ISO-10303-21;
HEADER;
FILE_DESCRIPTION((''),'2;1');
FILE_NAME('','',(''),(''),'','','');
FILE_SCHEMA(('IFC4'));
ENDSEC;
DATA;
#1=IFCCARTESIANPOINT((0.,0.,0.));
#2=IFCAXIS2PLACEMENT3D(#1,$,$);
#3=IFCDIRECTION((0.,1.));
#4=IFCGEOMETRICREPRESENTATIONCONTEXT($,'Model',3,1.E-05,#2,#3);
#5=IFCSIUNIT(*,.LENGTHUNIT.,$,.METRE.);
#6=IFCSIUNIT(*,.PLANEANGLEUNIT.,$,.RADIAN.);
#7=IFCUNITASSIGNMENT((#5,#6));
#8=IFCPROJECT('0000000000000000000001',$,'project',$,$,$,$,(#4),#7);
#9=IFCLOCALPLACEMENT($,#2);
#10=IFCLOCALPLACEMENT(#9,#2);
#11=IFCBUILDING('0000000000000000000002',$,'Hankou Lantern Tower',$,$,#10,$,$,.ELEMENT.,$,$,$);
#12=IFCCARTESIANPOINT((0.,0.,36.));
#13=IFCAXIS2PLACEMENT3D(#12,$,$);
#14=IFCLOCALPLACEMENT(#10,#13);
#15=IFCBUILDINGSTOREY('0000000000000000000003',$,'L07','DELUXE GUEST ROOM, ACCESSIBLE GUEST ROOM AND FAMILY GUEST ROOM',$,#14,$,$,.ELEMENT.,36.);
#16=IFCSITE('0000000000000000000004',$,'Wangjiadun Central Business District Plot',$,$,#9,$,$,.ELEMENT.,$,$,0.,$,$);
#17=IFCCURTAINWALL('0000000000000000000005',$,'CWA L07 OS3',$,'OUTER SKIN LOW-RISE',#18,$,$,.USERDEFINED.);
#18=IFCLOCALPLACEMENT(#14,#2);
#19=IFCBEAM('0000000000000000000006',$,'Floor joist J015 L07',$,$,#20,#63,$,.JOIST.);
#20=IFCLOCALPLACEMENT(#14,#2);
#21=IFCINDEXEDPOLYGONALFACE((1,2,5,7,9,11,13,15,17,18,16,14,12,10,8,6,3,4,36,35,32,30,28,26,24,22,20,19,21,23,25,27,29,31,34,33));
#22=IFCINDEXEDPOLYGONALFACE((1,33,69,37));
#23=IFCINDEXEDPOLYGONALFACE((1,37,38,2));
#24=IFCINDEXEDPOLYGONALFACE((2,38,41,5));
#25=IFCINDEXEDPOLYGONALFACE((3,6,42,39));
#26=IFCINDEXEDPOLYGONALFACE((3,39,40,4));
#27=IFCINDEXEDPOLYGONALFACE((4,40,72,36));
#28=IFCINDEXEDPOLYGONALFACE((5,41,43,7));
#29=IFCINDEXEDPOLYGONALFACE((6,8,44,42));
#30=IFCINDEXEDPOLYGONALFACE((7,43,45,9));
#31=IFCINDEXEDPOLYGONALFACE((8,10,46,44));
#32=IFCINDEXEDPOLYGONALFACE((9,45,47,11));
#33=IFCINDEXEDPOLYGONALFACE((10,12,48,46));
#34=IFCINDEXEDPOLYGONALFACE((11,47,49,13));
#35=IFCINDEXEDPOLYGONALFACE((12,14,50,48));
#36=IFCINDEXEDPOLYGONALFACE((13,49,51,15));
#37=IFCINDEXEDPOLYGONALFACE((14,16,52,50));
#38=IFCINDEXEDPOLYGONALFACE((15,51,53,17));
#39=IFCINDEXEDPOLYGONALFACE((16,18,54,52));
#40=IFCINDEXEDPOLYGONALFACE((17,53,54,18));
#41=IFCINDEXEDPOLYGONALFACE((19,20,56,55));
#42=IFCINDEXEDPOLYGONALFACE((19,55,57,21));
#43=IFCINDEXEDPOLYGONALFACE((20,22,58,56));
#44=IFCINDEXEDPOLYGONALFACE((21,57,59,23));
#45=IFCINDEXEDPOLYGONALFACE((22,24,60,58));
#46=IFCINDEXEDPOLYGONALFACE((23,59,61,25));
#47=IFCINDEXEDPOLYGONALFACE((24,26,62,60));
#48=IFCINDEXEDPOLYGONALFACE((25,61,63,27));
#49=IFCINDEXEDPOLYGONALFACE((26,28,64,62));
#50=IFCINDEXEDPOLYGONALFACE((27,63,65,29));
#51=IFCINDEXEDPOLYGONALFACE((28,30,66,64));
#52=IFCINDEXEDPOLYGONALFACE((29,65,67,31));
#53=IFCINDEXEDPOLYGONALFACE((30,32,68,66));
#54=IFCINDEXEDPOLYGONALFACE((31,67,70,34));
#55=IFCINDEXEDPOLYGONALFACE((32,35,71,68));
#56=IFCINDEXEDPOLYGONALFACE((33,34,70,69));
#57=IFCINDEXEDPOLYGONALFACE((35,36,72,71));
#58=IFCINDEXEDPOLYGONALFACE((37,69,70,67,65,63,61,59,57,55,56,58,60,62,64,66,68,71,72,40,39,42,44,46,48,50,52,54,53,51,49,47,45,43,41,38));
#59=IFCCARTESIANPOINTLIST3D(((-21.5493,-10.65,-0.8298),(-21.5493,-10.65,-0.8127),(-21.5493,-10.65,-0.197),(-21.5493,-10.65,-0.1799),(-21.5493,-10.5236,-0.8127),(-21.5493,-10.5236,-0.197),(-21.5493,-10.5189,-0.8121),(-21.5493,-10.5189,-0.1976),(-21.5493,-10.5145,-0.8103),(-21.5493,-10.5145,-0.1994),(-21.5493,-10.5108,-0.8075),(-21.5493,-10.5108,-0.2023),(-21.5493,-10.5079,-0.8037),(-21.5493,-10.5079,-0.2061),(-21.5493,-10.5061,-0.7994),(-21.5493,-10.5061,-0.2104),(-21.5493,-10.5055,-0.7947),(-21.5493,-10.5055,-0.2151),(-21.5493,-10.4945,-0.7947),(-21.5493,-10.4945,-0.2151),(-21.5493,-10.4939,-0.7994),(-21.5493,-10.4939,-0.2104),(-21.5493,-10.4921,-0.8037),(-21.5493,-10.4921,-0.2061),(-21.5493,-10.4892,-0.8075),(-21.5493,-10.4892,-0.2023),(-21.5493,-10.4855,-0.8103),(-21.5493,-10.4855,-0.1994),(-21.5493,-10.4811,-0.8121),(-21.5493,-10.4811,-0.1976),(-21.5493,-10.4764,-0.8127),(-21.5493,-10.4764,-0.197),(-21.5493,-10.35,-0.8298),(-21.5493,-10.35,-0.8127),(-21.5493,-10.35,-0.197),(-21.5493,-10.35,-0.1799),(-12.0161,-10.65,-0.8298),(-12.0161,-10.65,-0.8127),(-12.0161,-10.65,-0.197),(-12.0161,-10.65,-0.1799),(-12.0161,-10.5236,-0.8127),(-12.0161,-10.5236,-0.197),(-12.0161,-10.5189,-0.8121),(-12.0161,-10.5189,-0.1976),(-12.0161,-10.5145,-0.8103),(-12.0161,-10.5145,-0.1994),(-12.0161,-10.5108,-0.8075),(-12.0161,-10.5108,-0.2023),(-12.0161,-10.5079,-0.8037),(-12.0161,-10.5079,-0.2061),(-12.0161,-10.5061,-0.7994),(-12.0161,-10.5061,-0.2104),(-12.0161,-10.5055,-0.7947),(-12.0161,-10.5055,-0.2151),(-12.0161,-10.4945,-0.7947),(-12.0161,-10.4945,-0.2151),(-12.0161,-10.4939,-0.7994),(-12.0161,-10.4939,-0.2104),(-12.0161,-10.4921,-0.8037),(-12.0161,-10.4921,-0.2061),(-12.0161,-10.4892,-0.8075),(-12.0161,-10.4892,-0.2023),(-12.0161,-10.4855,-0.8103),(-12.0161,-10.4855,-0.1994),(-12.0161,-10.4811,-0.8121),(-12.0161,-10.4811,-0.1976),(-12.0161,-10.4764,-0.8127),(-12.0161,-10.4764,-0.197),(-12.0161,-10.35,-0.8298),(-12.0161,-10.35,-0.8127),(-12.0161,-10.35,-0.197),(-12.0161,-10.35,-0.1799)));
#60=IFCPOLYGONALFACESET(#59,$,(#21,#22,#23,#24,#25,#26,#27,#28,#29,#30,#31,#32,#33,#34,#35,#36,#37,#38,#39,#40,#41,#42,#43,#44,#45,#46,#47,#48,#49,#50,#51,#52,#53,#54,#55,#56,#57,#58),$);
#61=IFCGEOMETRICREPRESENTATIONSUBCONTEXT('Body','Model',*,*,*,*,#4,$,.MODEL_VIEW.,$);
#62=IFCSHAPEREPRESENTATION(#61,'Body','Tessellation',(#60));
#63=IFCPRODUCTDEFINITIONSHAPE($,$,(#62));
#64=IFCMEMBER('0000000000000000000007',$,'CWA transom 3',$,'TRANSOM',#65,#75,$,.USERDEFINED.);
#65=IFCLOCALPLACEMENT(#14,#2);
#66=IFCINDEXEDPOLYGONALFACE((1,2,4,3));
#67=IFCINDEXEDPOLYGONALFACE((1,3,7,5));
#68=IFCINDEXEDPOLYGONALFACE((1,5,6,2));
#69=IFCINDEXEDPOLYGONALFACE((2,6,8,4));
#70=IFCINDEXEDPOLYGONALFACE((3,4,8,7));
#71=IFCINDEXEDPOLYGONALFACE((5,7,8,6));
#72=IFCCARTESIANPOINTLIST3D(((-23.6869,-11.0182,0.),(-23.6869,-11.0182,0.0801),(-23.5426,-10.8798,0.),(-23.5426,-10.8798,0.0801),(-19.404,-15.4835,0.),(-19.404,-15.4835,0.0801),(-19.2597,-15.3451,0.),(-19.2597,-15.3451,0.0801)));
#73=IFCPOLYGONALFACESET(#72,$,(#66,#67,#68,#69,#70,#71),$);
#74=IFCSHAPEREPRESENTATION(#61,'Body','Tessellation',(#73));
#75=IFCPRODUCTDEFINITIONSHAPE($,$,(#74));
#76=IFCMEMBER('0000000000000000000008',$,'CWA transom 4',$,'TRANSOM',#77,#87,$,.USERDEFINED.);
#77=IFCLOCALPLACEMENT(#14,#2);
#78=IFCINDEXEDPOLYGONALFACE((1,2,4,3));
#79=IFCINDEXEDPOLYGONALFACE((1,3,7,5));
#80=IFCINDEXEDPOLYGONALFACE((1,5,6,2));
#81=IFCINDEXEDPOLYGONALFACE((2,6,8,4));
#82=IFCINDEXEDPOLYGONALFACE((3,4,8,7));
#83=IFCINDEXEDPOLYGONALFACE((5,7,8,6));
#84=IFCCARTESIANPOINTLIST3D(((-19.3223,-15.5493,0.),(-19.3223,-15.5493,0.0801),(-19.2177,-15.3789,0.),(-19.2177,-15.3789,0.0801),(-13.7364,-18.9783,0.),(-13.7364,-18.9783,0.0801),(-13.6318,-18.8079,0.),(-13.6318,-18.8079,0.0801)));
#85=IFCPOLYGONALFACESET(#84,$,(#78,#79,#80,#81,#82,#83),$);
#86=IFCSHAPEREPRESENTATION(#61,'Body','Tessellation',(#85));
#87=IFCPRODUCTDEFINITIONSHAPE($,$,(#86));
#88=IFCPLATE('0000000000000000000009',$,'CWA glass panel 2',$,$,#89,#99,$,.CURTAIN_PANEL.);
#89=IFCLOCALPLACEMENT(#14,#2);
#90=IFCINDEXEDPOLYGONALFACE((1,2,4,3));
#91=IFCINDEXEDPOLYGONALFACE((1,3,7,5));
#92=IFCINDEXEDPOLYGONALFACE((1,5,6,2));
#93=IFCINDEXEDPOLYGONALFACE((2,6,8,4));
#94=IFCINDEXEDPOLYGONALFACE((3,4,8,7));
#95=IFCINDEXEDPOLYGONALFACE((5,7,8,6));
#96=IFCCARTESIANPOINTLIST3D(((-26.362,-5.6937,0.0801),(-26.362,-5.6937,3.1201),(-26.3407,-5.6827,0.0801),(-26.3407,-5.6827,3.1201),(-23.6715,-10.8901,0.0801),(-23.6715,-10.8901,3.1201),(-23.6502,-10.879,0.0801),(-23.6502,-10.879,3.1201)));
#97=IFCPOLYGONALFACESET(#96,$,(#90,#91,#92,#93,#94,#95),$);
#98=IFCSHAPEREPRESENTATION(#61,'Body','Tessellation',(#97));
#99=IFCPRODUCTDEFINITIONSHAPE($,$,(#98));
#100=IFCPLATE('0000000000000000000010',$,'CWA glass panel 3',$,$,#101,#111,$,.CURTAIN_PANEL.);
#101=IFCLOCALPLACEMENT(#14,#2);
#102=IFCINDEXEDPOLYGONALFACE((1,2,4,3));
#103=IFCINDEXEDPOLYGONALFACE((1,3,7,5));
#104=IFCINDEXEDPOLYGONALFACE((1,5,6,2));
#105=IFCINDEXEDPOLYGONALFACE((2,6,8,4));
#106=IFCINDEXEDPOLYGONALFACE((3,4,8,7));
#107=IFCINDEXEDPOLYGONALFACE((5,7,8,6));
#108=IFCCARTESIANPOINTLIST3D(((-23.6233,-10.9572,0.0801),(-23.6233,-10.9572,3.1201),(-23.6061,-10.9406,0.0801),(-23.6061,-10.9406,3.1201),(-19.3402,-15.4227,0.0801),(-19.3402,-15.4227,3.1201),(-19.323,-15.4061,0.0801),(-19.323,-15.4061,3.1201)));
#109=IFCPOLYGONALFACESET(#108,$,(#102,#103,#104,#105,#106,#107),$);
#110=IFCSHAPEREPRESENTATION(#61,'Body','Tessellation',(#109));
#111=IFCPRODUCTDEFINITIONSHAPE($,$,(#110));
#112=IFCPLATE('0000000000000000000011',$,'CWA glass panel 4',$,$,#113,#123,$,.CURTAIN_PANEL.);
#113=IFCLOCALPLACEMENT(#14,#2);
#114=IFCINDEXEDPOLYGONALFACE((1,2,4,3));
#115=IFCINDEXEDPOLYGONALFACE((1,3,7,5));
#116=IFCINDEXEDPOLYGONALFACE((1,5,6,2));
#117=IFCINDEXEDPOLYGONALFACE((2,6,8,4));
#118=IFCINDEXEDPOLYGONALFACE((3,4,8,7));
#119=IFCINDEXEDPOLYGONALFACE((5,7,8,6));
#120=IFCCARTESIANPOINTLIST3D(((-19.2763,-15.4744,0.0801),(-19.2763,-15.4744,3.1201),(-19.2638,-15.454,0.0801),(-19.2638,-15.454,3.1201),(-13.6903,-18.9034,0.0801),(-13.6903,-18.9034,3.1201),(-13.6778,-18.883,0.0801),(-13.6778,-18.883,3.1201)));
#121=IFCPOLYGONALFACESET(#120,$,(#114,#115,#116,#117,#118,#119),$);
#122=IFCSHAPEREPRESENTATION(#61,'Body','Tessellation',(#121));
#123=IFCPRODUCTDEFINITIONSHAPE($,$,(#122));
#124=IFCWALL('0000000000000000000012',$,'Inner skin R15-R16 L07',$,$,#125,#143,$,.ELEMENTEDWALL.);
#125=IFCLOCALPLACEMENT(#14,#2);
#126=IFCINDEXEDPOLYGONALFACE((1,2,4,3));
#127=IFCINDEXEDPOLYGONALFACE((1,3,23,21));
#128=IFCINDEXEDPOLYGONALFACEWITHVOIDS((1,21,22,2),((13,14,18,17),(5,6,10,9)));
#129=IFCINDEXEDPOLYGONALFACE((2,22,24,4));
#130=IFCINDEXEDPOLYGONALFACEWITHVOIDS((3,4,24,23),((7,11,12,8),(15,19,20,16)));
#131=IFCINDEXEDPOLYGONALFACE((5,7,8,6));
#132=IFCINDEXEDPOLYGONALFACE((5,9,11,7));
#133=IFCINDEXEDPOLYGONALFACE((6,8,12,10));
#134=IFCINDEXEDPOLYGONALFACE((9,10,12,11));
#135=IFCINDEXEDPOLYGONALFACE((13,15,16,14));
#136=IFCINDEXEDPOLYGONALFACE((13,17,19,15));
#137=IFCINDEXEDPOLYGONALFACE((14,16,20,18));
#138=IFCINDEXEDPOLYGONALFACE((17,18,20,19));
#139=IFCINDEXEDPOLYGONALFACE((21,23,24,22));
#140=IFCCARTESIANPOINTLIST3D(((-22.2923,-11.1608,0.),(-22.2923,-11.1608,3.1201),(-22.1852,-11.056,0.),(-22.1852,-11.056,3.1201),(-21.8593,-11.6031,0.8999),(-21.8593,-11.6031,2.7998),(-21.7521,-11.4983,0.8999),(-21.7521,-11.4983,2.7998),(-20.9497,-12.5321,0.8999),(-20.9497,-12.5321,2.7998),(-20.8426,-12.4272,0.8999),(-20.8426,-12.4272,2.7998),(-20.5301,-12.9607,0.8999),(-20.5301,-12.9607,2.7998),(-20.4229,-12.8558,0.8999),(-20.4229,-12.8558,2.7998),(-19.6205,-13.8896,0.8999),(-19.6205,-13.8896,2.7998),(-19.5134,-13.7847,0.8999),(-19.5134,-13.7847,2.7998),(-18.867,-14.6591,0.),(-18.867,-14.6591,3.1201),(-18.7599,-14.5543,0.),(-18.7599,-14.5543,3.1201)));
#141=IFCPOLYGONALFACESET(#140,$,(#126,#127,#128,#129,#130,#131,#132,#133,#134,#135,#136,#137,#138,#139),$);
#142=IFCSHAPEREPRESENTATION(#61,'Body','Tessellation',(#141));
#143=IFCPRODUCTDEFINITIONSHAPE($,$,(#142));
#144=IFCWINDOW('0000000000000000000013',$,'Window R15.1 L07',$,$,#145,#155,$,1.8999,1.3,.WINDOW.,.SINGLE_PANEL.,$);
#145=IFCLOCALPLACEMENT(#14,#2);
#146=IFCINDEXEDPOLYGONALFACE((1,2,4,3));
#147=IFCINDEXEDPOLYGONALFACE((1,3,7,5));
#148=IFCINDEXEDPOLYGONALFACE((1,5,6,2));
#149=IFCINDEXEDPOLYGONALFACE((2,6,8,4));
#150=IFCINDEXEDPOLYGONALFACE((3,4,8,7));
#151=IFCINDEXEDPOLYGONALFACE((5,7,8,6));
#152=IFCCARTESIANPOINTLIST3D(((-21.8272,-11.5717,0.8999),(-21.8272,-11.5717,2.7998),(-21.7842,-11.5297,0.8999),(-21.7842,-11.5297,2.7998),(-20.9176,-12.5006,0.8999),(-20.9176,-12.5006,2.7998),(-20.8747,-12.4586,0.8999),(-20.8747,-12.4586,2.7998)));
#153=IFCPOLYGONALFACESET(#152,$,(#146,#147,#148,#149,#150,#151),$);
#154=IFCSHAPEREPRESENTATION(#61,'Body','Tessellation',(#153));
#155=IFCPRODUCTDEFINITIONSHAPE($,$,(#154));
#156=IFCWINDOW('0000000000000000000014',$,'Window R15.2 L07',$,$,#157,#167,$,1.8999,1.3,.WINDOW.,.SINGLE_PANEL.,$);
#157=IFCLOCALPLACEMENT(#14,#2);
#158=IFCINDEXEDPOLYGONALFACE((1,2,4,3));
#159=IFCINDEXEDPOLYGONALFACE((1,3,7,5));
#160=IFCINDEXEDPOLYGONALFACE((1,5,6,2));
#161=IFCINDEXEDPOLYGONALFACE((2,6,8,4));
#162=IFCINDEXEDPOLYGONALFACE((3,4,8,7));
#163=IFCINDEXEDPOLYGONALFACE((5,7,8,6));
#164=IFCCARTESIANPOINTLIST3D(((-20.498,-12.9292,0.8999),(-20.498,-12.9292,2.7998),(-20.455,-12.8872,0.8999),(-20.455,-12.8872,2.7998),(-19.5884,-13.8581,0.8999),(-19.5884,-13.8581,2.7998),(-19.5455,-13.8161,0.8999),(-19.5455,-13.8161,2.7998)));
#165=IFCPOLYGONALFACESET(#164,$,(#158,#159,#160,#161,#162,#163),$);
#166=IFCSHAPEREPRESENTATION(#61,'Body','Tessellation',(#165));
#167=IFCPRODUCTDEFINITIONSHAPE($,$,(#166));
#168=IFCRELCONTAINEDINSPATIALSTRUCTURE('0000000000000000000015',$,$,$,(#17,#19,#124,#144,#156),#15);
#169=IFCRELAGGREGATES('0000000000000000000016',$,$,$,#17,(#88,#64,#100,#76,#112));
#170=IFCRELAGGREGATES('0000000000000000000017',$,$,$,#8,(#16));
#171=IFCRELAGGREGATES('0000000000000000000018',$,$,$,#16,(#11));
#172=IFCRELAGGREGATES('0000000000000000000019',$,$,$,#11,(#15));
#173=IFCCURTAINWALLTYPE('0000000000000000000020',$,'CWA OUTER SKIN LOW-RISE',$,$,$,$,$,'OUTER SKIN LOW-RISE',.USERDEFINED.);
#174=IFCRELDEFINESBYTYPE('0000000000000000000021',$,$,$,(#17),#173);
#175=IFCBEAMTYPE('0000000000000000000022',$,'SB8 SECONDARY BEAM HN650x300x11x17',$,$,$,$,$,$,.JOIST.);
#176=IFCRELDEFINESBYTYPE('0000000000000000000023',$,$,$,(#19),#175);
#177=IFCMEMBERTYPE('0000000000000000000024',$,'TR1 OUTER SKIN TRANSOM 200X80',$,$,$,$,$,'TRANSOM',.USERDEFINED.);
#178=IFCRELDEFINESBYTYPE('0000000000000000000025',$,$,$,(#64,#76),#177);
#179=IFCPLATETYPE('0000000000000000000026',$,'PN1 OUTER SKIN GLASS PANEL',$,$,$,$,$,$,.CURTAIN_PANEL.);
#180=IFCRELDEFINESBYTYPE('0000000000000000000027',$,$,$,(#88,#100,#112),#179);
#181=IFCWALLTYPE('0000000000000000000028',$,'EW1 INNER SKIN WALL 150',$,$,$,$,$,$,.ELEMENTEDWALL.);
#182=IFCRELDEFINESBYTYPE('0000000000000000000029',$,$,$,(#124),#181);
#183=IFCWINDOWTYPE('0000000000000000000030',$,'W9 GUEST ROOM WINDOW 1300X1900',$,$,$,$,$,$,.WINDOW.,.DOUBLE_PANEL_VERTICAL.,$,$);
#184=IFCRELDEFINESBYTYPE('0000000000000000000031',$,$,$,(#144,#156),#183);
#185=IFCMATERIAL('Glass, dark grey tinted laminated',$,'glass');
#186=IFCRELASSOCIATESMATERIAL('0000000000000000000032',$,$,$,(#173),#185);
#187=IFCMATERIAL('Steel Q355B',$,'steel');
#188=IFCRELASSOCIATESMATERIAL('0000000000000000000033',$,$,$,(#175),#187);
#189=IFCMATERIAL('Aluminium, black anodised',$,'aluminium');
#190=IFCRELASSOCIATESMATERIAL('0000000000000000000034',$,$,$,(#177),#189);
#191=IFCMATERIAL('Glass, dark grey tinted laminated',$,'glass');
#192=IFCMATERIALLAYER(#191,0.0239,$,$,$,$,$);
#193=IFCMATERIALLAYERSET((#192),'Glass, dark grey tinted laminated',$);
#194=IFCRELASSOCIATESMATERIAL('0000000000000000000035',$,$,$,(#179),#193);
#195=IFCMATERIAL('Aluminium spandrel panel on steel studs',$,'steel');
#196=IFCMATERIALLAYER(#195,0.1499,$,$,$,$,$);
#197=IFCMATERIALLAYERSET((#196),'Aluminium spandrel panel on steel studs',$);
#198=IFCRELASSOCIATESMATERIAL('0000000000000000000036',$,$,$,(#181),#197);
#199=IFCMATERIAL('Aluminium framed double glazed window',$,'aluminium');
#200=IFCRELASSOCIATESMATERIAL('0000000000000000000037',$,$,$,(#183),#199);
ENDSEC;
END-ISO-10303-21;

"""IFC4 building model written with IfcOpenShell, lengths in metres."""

from ifc_helpers import new_model, si_unit, direction, frame, frame_2d, origin, origin_2d, place, context, subcontext, project, spatial, rectangle, i_section, extrude, material, layer, layer_set, material_profile, profile_set, type_object, element, fill, aggregate, save


model = new_model("IFC4")

# Units and contexts
model_context = context("Model", 3, precision=1e-05, world=origin(), true_north=direction((0.0, 1.0)))
body_context = subcontext(model_context, "Body", "Model", "MODEL_VIEW")
ifc_project = project(units=[si_unit("LENGTHUNIT", "METRE"), si_unit("PLANEANGLEUNIT", "RADIAN")], contexts=[model_context])

# Site, building, storey
site_placement = place(None, origin())
site = spatial("IfcSite", under=ifc_project, at=site_placement, Name="Wangjiadun Central Business District Plot", CompositionType="ELEMENT", RefElevation=0.0)
building_placement = place(site_placement, origin())
building = spatial("IfcBuilding", under=site, at=building_placement, Name="Hankou Lantern Tower", CompositionType="ELEMENT")
storey_placement = place(building_placement, frame((0.0, 0.0, 36.0)))
storey = spatial("IfcBuildingStorey", under=building, at=storey_placement, Name="L07", Description="DELUXE GUEST ROOM, ACCESSIBLE GUEST ROOM AND FAMILY GUEST ROOM", CompositionType="ELEMENT", Elevation=36.0)

# Curtain wall
ifc_material_1 = material(Name="Glass, dark grey tinted laminated", Category="glass")
curtain_wall_type = type_object("IfcCurtainWallType", Name="CWA OUTER SKIN LOW-RISE", ElementType="OUTER SKIN LOW-RISE", PredefinedType="USERDEFINED", material=ifc_material_1)
curtain_wall_placement = place(storey_placement, origin())
curtain_wall = element("IfcCurtainWall", 1, at=curtain_wall_placement, inside=storey, type_object=curtain_wall_type, Name="CWA L07 OS3", ObjectType="OUTER SKIN LOW-RISE", PredefinedType="USERDEFINED")

# Beam
ifc_material_2 = material(Name="Steel Q355B", Category="steel")
ifc_material_profile_1 = material_profile(ifc_material_2, i_section(OverallWidth=0.3, OverallDepth=0.6499, WebThickness=0.011, FlangeThickness=0.0171, FilletRadius=0.0181, at=origin_2d()), Name="HN650x300x11x17")
ifc_profile_set_1 = profile_set([ifc_material_profile_1], Name="Steel Q355B")
beam_type_1 = type_object("IfcBeamType", Name="SB8 SECONDARY BEAM HN650x300x11x17", PredefinedType="JOIST", material=ifc_profile_set_1)
beam_1_placement = place(storey_placement, frame((-21.5493, -10.5, -0.5049), z_axis=(1.0, 0.0, 0.0), x_axis=(0.0, 1.0, 0.0)))
element("IfcBeam", 2, at=beam_1_placement, inside=storey, type_object=beam_type_1, Name="Floor joist J015 L07", PredefinedType="JOIST", context=body_context, shape_type="SweptSolid", body=[
    extrude(i_section(OverallWidth=0.3, OverallDepth=0.6499, WebThickness=0.011, FlangeThickness=0.0171, FilletRadius=0.0181, at=origin_2d()), origin(), (0.0, 0.0, 1.0), 9.5332),
])

# Members
ifc_material_3 = material(Name="Aluminium, black anodised", Category="aluminium")
ifc_material_profile_2 = material_profile(ifc_material_3, rectangle(XDim=0.2, YDim=0.0801, at=origin_2d()), Name="TR1 200X80")
ifc_profile_set_2 = profile_set([ifc_material_profile_2], Name="Aluminium, black anodised")
member_type_1 = type_object("IfcMemberType", Name="TR1 OUTER SKIN TRANSOM 200X80", ElementType="TRANSOM", PredefinedType="USERDEFINED", material=ifc_profile_set_2)
member_1_placement = place(storey_placement, frame((-23.6147, -10.949, 0.04), z_axis=(0.692216, -0.721691, 0.0), x_axis=(0.721691, 0.692216, 0.0)))
member_1 = element("IfcMember", 3, at=member_1_placement, type_object=member_type_1, Name="CWA transom 3", ObjectType="TRANSOM", PredefinedType="USERDEFINED", context=body_context, shape_type="SweptSolid", body=[
    extrude(rectangle(XDim=0.2, YDim=0.0801, at=origin_2d()), origin(), (0.0, 0.0, 1.0), 6.1873),
])
member_2_placement = place(storey_placement, frame((-19.27, -15.4641, 0.04), z_axis=(0.85224, -0.523152, 0.0), x_axis=(0.523152, 0.85224, 0.0)))
member_2 = element("IfcMember", 4, at=member_2_placement, type_object=member_type_1, Name="CWA transom 4", ObjectType="TRANSOM", PredefinedType="USERDEFINED", context=body_context, shape_type="SweptSolid", body=[
    extrude(rectangle(XDim=0.2, YDim=0.0801, at=origin_2d()), origin(), (0.0, 0.0, 1.0), 6.5544),
])

# Plates
ifc_material_4 = material(Name="Glass, dark grey tinted laminated", Category="glass")
ifc_layer_1 = layer(ifc_material_4, 0.0239)
ifc_layer_set_1 = layer_set([ifc_layer_1], Name="Glass, dark grey tinted laminated")
plate_type = type_object("IfcPlateType", Name="PN1 OUTER SKIN GLASS PANEL", PredefinedType="CURTAIN_PANEL", material=ifc_layer_set_1)
plate_1_placement = place(storey_placement, frame((-25.0061, -8.2864, 0.0801), z_axis=(0.0, 0.0, 1.0), x_axis=(0.459791, -0.888027, 0.0)))
plate_1 = element("IfcPlate", 5, at=plate_1_placement, type_object=plate_type, Name="CWA glass panel 2", PredefinedType="CURTAIN_PANEL", context=body_context, shape_type="SweptSolid", body=[
    extrude(rectangle(XDim=5.8516, YDim=0.0239, at=origin_2d()), origin(), (0.0, 0.0, 1.0), 3.04),
])
plate_2_placement = place(storey_placement, frame((-21.4731, -13.1816, 0.0801), z_axis=(0.0, 0.0, 1.0), x_axis=(0.692216, -0.721691, 0.0)))
plate_2 = element("IfcPlate", 6, at=plate_2_placement, type_object=plate_type, Name="CWA glass panel 3", PredefinedType="CURTAIN_PANEL", context=body_context, shape_type="SweptSolid", body=[
    extrude(rectangle(XDim=6.1875, YDim=0.0239, at=origin_2d()), origin(), (0.0, 0.0, 1.0), 3.04),
])
plate_3_placement = place(storey_placement, frame((-16.4771, -17.1787, 0.0801), z_axis=(0.0, 0.0, 1.0), x_axis=(0.852237, -0.523156, 0.0)))
plate_3 = element("IfcPlate", 7, at=plate_3_placement, type_object=plate_type, Name="CWA glass panel 4", PredefinedType="CURTAIN_PANEL", context=body_context, shape_type="SweptSolid", body=[
    extrude(rectangle(XDim=6.5544, YDim=0.0239, at=origin_2d()), origin(), (0.0, 0.0, 1.0), 3.04),
])
aggregate(curtain_wall, [plate_1, member_1, plate_2, member_2, plate_3])

# Wall, openings, windows
ifc_material_5 = material(Name="Aluminium spandrel panel on steel studs", Category="steel")
ifc_layer_2 = layer(ifc_material_5, 0.1499)
ifc_layer_set_2 = layer_set([ifc_layer_2], Name="Aluminium spandrel panel on steel studs")
wall_type_1 = type_object("IfcWallType", Name="EW1 INNER SKIN WALL 150", PredefinedType="ELEMENTEDWALL", material=ifc_layer_set_2)
wall_1_placement = place(storey_placement, frame((-22.2388, -11.1084, 0.0), z_axis=(0.0, 0.0, 1.0), x_axis=(0.699613, -0.714522, 0.0)))
wall_1 = element("IfcWall", 8, at=wall_1_placement, inside=storey, type_object=wall_type_1, Name="Inner skin R15-R16 L07", PredefinedType="ELEMENTEDWALL", context=body_context, shape_type="SweptSolid", body=[
    extrude(rectangle(XDim=4.896, YDim=0.1499, at=frame_2d((2.448, 0.0))), origin(), (0.0, 0.0, 1.0), 3.1201),
])
opening_1_placement = place(wall_1_placement, frame((0.6191, 0.0, 0.8999)))
opening_1 = element("IfcOpeningElement", 9, at=opening_1_placement, cuts=wall_1, PredefinedType="OPENING", context=body_context, shape_type="SweptSolid", body=[
    extrude(rectangle(XDim=1.3, YDim=1.8999, at=frame_2d((0.6499, 0.95))), frame((0.0, 0.085, 0.0), z_axis=(0.0, -1.0, 0.0), x_axis=(1.0, 0.0, 0.0)), (0.0, 0.0, 1.0), 0.1699),
])
opening_2_placement = place(wall_1_placement, frame((2.519, 0.0, 0.8999)))
opening_2 = element("IfcOpeningElement", 10, at=opening_2_placement, cuts=wall_1, PredefinedType="OPENING", context=body_context, shape_type="SweptSolid", body=[
    extrude(rectangle(XDim=1.3, YDim=1.8999, at=frame_2d((0.6499, 0.95))), frame((0.0, 0.085, 0.0), z_axis=(0.0, -1.0, 0.0), x_axis=(1.0, 0.0, 0.0)), (0.0, 0.0, 1.0), 0.1699),
])
ifc_material_6 = material(Name="Aluminium framed double glazed window", Category="aluminium")
window_type = type_object("IfcWindowType", Name="W9 GUEST ROOM WINDOW 1300X1900", PartitioningType="DOUBLE_PANEL_VERTICAL", PredefinedType="WINDOW", material=ifc_material_6)
window_1_placement = place(opening_1_placement, origin())
window_1 = element("IfcWindow", 11, at=window_1_placement, inside=storey, type_object=window_type, Name="Window R15.1 L07", OverallHeight=1.8999, OverallWidth=1.3, PartitioningType="SINGLE_PANEL", PredefinedType="WINDOW", context=body_context, shape_type="SweptSolid", body=[
    extrude(rectangle(XDim=1.3, YDim=1.8999, at=frame_2d((0.6499, 0.95))), frame((0.0, 0.03, 0.0), z_axis=(0.0, -1.0, 0.0), x_axis=(1.0, 0.0, 0.0)), (0.0, 0.0, 1.0), 0.0601),
])
fill(opening_1, window_1)
window_2_placement = place(opening_2_placement, origin())
window_2 = element("IfcWindow", 12, at=window_2_placement, inside=storey, type_object=window_type, Name="Window R15.2 L07", OverallHeight=1.8999, OverallWidth=1.3, PartitioningType="SINGLE_PANEL", PredefinedType="WINDOW", context=body_context, shape_type="SweptSolid", body=[
    extrude(rectangle(XDim=1.3, YDim=1.8999, at=frame_2d((0.6499, 0.95))), frame((0.0, 0.03, 0.0), z_axis=(0.0, -1.0, 0.0), x_axis=(1.0, 0.0, 0.0)), (0.0, 0.0, 1.0), 0.0601),
])
fill(opening_2, window_2)

save(model, "model.ifc")
